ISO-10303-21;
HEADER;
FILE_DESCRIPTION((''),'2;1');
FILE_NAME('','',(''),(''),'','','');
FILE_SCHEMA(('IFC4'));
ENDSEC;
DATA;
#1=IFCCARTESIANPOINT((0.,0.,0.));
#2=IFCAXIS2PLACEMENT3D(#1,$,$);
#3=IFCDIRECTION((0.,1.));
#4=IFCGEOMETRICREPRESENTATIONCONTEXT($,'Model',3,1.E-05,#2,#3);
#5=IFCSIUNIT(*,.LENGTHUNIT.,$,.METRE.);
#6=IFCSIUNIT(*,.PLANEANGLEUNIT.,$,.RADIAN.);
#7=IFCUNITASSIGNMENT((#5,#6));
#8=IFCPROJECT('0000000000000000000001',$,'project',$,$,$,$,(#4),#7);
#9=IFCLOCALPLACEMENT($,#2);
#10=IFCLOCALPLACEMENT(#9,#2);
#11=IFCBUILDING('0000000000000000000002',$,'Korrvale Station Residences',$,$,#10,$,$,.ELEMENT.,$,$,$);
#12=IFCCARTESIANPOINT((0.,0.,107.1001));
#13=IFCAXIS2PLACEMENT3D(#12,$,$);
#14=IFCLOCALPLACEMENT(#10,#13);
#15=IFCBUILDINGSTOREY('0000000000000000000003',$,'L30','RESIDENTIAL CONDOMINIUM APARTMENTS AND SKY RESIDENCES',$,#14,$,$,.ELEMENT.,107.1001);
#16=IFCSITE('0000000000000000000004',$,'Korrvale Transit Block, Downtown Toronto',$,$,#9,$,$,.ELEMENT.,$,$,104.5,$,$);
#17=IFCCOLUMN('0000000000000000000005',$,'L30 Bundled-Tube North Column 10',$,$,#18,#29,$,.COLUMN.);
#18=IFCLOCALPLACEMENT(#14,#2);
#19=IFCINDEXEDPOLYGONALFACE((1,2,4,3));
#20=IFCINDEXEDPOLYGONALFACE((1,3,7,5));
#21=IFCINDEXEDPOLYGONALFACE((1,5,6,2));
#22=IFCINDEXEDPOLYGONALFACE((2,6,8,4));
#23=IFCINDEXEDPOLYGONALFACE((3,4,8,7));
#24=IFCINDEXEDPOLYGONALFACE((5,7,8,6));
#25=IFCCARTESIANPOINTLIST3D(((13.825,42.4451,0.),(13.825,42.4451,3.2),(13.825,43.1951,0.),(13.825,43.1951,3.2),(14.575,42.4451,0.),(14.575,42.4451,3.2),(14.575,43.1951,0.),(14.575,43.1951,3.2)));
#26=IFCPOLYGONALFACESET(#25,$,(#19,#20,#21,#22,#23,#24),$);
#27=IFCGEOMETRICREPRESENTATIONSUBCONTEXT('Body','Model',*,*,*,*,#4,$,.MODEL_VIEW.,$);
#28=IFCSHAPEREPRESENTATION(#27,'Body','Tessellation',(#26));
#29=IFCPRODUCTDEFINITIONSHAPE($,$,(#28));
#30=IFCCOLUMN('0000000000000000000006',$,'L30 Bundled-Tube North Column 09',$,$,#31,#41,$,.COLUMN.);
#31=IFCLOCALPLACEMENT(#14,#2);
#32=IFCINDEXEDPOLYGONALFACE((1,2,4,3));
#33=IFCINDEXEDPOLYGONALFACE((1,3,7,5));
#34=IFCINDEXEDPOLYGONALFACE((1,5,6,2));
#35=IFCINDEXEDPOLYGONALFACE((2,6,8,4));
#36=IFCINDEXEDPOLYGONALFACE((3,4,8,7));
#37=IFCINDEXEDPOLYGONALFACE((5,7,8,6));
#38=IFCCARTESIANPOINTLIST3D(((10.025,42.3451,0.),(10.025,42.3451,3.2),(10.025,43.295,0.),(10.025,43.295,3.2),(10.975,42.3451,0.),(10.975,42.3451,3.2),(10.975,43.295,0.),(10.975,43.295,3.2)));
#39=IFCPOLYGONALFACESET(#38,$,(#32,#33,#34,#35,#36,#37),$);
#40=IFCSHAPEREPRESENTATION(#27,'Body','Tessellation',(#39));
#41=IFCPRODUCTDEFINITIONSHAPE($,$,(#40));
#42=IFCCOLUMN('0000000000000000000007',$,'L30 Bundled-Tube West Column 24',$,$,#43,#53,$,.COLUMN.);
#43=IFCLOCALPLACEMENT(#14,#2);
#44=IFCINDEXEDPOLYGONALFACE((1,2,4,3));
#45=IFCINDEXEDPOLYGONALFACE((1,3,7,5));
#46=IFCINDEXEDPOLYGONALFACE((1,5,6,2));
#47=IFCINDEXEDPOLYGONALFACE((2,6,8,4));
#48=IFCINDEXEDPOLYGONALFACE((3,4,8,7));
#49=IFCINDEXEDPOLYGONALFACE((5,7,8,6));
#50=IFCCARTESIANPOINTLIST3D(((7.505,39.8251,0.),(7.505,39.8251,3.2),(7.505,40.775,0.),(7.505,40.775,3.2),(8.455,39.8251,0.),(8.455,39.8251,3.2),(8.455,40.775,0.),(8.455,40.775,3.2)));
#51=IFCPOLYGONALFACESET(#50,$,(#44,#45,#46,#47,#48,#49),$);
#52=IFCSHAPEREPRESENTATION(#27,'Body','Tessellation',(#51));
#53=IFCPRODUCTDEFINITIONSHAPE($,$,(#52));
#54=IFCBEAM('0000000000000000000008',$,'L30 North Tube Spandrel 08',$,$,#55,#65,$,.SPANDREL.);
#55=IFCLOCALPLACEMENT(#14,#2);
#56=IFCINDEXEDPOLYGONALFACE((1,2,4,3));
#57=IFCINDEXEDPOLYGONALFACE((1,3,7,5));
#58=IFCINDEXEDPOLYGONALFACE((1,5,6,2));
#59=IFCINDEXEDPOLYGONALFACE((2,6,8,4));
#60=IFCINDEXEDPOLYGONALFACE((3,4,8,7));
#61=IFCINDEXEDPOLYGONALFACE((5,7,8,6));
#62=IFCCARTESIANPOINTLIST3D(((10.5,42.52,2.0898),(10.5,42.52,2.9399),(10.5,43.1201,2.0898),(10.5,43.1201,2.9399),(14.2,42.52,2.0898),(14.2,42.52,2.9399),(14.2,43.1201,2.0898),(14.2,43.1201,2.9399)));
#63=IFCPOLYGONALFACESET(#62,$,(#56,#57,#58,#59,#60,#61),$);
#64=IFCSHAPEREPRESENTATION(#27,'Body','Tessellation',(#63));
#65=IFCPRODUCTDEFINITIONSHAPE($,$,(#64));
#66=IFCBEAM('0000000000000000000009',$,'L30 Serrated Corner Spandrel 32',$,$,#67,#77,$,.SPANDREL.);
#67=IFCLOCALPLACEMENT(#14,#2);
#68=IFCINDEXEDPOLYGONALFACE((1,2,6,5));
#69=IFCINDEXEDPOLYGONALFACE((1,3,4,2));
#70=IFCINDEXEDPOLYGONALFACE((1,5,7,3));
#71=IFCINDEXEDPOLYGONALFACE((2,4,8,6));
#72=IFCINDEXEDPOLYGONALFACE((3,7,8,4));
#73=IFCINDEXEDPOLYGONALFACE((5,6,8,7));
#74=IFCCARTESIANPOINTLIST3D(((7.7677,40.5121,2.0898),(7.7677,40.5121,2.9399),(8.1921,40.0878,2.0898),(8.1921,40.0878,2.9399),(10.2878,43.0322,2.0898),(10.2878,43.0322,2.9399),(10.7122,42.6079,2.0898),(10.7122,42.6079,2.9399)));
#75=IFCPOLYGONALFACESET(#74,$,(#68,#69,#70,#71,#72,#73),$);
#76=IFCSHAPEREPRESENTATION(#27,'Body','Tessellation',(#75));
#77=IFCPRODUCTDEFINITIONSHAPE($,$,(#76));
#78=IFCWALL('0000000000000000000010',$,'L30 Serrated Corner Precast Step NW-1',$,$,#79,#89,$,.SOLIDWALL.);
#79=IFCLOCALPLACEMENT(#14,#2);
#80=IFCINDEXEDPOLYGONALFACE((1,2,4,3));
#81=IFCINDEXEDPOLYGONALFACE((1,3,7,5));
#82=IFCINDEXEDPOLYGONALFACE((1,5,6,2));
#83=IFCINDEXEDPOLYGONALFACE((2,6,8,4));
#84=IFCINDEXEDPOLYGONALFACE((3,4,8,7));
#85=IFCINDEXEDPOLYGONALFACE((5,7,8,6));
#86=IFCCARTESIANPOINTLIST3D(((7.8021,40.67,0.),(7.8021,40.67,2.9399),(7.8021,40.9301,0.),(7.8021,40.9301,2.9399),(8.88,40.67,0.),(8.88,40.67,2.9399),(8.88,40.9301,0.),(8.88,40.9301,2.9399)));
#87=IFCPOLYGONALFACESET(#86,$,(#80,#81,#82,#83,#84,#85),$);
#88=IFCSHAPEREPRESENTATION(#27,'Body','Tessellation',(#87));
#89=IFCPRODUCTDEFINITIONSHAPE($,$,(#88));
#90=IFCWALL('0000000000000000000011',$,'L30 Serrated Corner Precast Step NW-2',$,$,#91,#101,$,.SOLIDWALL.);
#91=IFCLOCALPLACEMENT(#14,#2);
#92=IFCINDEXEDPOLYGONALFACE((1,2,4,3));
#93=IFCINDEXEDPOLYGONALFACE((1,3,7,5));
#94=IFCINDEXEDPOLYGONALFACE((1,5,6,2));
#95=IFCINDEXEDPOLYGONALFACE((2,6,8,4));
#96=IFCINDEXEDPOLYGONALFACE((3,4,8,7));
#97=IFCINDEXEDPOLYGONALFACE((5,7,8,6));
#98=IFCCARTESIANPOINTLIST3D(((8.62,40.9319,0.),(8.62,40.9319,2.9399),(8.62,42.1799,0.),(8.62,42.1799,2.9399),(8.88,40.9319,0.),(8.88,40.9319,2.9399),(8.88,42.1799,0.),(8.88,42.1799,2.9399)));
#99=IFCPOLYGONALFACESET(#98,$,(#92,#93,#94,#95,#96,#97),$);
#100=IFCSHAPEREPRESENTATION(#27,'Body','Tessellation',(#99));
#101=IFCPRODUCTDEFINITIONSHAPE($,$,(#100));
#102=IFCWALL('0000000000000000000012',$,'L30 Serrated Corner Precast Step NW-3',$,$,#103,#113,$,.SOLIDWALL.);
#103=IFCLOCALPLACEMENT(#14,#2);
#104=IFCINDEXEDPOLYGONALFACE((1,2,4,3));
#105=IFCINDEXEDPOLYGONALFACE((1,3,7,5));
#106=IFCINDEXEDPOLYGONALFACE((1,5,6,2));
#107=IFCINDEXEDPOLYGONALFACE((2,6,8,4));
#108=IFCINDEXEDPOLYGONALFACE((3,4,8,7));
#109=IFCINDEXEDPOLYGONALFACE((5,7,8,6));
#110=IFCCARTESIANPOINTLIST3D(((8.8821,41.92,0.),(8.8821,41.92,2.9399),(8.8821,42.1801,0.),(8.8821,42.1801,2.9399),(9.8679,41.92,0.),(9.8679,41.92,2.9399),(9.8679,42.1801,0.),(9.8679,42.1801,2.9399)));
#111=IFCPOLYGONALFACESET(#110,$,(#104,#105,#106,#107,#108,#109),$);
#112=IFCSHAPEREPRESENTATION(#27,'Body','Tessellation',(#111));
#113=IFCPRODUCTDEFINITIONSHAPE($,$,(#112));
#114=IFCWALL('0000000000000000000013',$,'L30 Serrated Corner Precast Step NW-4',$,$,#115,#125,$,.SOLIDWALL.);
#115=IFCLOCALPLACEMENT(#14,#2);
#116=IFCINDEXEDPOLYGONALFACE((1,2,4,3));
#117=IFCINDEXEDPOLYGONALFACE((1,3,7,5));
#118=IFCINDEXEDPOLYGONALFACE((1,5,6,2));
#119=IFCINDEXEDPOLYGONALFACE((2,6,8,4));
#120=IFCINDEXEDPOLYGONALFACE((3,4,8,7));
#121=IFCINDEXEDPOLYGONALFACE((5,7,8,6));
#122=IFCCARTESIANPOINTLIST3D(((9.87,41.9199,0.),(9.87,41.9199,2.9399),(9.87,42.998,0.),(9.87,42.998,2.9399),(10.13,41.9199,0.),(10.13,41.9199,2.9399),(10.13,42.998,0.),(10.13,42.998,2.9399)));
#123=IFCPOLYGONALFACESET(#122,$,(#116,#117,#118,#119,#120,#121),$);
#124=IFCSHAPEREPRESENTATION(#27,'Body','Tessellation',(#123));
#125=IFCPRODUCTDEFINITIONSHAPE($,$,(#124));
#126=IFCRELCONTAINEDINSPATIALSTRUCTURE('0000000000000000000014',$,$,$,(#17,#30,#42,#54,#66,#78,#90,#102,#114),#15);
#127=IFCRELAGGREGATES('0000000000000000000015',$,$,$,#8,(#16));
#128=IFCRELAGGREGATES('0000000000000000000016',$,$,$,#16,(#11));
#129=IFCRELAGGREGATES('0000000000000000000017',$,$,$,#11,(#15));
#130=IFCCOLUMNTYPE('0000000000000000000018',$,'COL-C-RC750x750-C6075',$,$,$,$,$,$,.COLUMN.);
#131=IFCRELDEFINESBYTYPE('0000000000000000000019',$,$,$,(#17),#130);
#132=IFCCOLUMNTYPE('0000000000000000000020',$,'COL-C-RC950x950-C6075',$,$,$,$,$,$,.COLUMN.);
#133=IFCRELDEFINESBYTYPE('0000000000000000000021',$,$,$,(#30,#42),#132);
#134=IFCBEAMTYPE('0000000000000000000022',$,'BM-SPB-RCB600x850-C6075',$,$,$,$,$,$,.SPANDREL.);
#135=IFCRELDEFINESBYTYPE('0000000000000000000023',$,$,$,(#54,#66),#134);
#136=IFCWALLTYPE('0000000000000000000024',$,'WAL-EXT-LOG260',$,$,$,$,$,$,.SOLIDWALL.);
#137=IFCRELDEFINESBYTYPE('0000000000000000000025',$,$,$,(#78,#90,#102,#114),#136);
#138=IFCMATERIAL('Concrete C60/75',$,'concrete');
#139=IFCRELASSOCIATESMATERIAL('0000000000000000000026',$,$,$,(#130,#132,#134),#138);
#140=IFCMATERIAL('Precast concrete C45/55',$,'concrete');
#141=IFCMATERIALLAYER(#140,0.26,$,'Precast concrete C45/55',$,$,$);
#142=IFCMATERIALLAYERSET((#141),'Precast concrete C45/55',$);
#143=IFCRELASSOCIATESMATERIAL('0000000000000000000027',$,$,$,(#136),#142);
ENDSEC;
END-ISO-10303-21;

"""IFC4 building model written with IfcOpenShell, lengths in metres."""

from ifc_helpers import new_model, si_unit, direction, frame, frame_2d, origin, origin_2d, place, context, subcontext, project, spatial, rectangle, extrude, material, layer, layer_set, material_profile, profile_set, type_object, element, save


model = new_model("IFC4")

# Units and contexts
model_context = context("Model", 3, precision=1e-05, world=origin(), true_north=direction((0.0, 1.0)))
body_context = subcontext(model_context, "Body", "Model", "MODEL_VIEW")
ifc_project = project(units=[si_unit("LENGTHUNIT", "METRE"), si_unit("PLANEANGLEUNIT", "RADIAN")], contexts=[model_context])

# Site, building, storey
site_placement = place(None, origin())
site = spatial("IfcSite", under=ifc_project, at=site_placement, Name="Korrvale Transit Block, Downtown Toronto", CompositionType="ELEMENT", RefElevation=104.5)
building_placement = place(site_placement, origin())
building = spatial("IfcBuilding", under=site, at=building_placement, Name="Korrvale Station Residences", CompositionType="ELEMENT")
storey_placement = place(building_placement, frame((0.0, 0.0, 107.1001)))
storey = spatial("IfcBuildingStorey", under=building, at=storey_placement, Name="L30", Description="RESIDENTIAL CONDOMINIUM APARTMENTS AND SKY RESIDENCES", CompositionType="ELEMENT", Elevation=107.1001)

# Columns
ifc_material_1 = material(Name="Concrete C60/75", Category="concrete")
ifc_material_profile_1 = material_profile(ifc_material_1, rectangle(XDim=0.75, YDim=0.75, at=origin_2d()), Name="RC750x750")
ifc_profile_set_1 = profile_set([ifc_material_profile_1], Name="Concrete C60/75")
column_type_1 = type_object("IfcColumnType", Name="COL-C-RC750x750-C6075", PredefinedType="COLUMN", material=ifc_profile_set_1)
column_placement = place(storey_placement, frame((14.2, 42.8201, 0.0), z_axis=(0.0, 0.0, 1.0), x_axis=(1.0, 0.0, 0.0)))
element("IfcColumn", 1, at=column_placement, inside=storey, type_object=column_type_1, Name="L30 Bundled-Tube North Column 10", PredefinedType="COLUMN", context=body_context, shape_type="SweptSolid", body=[
    extrude(rectangle(XDim=0.75, YDim=0.75, at=origin_2d()), origin(), (0.0, 0.0, 1.0), 3.2),
])
ifc_material_profile_2 = material_profile(ifc_material_1, rectangle(XDim=0.95, YDim=0.95, at=origin_2d()), Name="RC950x950")
ifc_profile_set_2 = profile_set([ifc_material_profile_2], Name="Concrete C60/75")
column_type_2 = type_object("IfcColumnType", Name="COL-C-RC950x950-C6075", PredefinedType="COLUMN", material=ifc_profile_set_2)
for number, where, z_axis, x_axis, name in (
    (2, (10.5, 42.8201, 0.0), (0.0, 0.0, 1.0), (1.0, 0.0, 0.0), "L30 Bundled-Tube North Column 09"),
    (3, (7.98, 40.3, 0.0), (0.0, 0.0, 1.0), (1.0, 0.0, 0.0), "L30 Bundled-Tube West Column 24"),
):
    element("IfcColumn", number, at=place(storey_placement, frame(where, z_axis=z_axis, x_axis=x_axis)), inside=storey, type_object=column_type_2, Name=name, PredefinedType="COLUMN", context=body_context, shape_type="SweptSolid", body=[
        extrude(rectangle(XDim=0.95, YDim=0.95, at=origin_2d()), origin(), (0.0, 0.0, 1.0), 3.2),
    ])

# Beams
ifc_material_profile_3 = material_profile(ifc_material_1, rectangle(XDim=0.6001, YDim=0.8501, at=origin_2d()), Name="RCB600x850")
ifc_profile_set_3 = profile_set([ifc_material_profile_3], Name="Concrete C60/75")
beam_type = type_object("IfcBeamType", Name="BM-SPB-RCB600x850-C6075", PredefinedType="SPANDREL", material=ifc_profile_set_3)
beam_1_placement = place(storey_placement, frame((10.5, 42.8201, 2.5149), z_axis=(1.0, 0.0, 0.0), x_axis=(0.0, 1.0, 0.0)))
element("IfcBeam", 4, at=beam_1_placement, inside=storey, type_object=beam_type, Name="L30 North Tube Spandrel 08", PredefinedType="SPANDREL", context=body_context, shape_type="SweptSolid", body=[
    extrude(rectangle(XDim=0.6001, YDim=0.8501, at=origin_2d()), origin(), (0.0, 0.0, 1.0), 3.7),
])
beam_2_placement = place(storey_placement, frame((10.5, 42.8201, 2.5149), z_axis=(-0.707107, -0.707107, 0.0), x_axis=(0.707107, -0.707107, 0.0)))
element("IfcBeam", 5, at=beam_2_placement, inside=storey, type_object=beam_type, Name="L30 Serrated Corner Spandrel 32", PredefinedType="SPANDREL", context=body_context, shape_type="SweptSolid", body=[
    extrude(rectangle(XDim=0.6001, YDim=0.8501, at=origin_2d()), origin(), (0.0, 0.0, 1.0), 3.564),
])

# Walls
ifc_material_2 = material(Name="Precast concrete C45/55", Category="concrete")
ifc_layer_1 = layer(ifc_material_2, 0.26, Name="Precast concrete C45/55")
ifc_layer_set_1 = layer_set([ifc_layer_1], Name="Precast concrete C45/55")
wall_type_1 = type_object("IfcWallType", Name="WAL-EXT-LOG260", PredefinedType="SOLIDWALL", material=ifc_layer_set_1)
wall_1_placement = place(storey_placement, frame((7.802, 40.8, 0.0), z_axis=(0.0, 0.0, 1.0), x_axis=(1.0, 0.0, 0.0)))
element("IfcWall", 6, at=wall_1_placement, inside=storey, type_object=wall_type_1, Name="L30 Serrated Corner Precast Step NW-1", PredefinedType="SOLIDWALL", context=body_context, shape_type="SweptSolid", body=[
    extrude(rectangle(XDim=1.0779, YDim=0.26, at=frame_2d((0.5391, 0.0))), origin(), (0.0, 0.0, 1.0), 2.9399),
])
wall_2_placement = place(storey_placement, frame((8.75, 40.9319, 0.0), z_axis=(0.0, 0.0, 1.0), x_axis=(0.0, 1.0, 0.0)))
element("IfcWall", 7, at=wall_2_placement, inside=storey, type_object=wall_type_1, Name="L30 Serrated Corner Precast Step NW-2", PredefinedType="SOLIDWALL", context=body_context, shape_type="SweptSolid", body=[
    extrude(rectangle(XDim=1.248, YDim=0.26, at=frame_2d((0.624, 0.0))), origin(), (0.0, 0.0, 1.0), 2.9399),
])
wall_3_placement = place(storey_placement, frame((8.8821, 42.05, 0.0), z_axis=(0.0, 0.0, 1.0), x_axis=(1.0, 0.0, 0.0)))
element("IfcWall", 8, at=wall_3_placement, inside=storey, type_object=wall_type_1, Name="L30 Serrated Corner Precast Step NW-3", PredefinedType="SOLIDWALL", context=body_context, shape_type="SweptSolid", body=[
    extrude(rectangle(XDim=0.9858, YDim=0.26, at=frame_2d((0.4929, 0.0))), origin(), (0.0, 0.0, 1.0), 2.9399),
])
wall_4_placement = place(storey_placement, frame((10.0, 41.9199, 0.0), z_axis=(0.0, 0.0, 1.0), x_axis=(0.0, 1.0, 0.0)))
element("IfcWall", 9, at=wall_4_placement, inside=storey, type_object=wall_type_1, Name="L30 Serrated Corner Precast Step NW-4", PredefinedType="SOLIDWALL", context=body_context, shape_type="SweptSolid", body=[
    extrude(rectangle(XDim=1.0781, YDim=0.26, at=frame_2d((0.5391, 0.0))), origin(), (0.0, 0.0, 1.0), 2.9399),
])

save(model, "model.ifc")
